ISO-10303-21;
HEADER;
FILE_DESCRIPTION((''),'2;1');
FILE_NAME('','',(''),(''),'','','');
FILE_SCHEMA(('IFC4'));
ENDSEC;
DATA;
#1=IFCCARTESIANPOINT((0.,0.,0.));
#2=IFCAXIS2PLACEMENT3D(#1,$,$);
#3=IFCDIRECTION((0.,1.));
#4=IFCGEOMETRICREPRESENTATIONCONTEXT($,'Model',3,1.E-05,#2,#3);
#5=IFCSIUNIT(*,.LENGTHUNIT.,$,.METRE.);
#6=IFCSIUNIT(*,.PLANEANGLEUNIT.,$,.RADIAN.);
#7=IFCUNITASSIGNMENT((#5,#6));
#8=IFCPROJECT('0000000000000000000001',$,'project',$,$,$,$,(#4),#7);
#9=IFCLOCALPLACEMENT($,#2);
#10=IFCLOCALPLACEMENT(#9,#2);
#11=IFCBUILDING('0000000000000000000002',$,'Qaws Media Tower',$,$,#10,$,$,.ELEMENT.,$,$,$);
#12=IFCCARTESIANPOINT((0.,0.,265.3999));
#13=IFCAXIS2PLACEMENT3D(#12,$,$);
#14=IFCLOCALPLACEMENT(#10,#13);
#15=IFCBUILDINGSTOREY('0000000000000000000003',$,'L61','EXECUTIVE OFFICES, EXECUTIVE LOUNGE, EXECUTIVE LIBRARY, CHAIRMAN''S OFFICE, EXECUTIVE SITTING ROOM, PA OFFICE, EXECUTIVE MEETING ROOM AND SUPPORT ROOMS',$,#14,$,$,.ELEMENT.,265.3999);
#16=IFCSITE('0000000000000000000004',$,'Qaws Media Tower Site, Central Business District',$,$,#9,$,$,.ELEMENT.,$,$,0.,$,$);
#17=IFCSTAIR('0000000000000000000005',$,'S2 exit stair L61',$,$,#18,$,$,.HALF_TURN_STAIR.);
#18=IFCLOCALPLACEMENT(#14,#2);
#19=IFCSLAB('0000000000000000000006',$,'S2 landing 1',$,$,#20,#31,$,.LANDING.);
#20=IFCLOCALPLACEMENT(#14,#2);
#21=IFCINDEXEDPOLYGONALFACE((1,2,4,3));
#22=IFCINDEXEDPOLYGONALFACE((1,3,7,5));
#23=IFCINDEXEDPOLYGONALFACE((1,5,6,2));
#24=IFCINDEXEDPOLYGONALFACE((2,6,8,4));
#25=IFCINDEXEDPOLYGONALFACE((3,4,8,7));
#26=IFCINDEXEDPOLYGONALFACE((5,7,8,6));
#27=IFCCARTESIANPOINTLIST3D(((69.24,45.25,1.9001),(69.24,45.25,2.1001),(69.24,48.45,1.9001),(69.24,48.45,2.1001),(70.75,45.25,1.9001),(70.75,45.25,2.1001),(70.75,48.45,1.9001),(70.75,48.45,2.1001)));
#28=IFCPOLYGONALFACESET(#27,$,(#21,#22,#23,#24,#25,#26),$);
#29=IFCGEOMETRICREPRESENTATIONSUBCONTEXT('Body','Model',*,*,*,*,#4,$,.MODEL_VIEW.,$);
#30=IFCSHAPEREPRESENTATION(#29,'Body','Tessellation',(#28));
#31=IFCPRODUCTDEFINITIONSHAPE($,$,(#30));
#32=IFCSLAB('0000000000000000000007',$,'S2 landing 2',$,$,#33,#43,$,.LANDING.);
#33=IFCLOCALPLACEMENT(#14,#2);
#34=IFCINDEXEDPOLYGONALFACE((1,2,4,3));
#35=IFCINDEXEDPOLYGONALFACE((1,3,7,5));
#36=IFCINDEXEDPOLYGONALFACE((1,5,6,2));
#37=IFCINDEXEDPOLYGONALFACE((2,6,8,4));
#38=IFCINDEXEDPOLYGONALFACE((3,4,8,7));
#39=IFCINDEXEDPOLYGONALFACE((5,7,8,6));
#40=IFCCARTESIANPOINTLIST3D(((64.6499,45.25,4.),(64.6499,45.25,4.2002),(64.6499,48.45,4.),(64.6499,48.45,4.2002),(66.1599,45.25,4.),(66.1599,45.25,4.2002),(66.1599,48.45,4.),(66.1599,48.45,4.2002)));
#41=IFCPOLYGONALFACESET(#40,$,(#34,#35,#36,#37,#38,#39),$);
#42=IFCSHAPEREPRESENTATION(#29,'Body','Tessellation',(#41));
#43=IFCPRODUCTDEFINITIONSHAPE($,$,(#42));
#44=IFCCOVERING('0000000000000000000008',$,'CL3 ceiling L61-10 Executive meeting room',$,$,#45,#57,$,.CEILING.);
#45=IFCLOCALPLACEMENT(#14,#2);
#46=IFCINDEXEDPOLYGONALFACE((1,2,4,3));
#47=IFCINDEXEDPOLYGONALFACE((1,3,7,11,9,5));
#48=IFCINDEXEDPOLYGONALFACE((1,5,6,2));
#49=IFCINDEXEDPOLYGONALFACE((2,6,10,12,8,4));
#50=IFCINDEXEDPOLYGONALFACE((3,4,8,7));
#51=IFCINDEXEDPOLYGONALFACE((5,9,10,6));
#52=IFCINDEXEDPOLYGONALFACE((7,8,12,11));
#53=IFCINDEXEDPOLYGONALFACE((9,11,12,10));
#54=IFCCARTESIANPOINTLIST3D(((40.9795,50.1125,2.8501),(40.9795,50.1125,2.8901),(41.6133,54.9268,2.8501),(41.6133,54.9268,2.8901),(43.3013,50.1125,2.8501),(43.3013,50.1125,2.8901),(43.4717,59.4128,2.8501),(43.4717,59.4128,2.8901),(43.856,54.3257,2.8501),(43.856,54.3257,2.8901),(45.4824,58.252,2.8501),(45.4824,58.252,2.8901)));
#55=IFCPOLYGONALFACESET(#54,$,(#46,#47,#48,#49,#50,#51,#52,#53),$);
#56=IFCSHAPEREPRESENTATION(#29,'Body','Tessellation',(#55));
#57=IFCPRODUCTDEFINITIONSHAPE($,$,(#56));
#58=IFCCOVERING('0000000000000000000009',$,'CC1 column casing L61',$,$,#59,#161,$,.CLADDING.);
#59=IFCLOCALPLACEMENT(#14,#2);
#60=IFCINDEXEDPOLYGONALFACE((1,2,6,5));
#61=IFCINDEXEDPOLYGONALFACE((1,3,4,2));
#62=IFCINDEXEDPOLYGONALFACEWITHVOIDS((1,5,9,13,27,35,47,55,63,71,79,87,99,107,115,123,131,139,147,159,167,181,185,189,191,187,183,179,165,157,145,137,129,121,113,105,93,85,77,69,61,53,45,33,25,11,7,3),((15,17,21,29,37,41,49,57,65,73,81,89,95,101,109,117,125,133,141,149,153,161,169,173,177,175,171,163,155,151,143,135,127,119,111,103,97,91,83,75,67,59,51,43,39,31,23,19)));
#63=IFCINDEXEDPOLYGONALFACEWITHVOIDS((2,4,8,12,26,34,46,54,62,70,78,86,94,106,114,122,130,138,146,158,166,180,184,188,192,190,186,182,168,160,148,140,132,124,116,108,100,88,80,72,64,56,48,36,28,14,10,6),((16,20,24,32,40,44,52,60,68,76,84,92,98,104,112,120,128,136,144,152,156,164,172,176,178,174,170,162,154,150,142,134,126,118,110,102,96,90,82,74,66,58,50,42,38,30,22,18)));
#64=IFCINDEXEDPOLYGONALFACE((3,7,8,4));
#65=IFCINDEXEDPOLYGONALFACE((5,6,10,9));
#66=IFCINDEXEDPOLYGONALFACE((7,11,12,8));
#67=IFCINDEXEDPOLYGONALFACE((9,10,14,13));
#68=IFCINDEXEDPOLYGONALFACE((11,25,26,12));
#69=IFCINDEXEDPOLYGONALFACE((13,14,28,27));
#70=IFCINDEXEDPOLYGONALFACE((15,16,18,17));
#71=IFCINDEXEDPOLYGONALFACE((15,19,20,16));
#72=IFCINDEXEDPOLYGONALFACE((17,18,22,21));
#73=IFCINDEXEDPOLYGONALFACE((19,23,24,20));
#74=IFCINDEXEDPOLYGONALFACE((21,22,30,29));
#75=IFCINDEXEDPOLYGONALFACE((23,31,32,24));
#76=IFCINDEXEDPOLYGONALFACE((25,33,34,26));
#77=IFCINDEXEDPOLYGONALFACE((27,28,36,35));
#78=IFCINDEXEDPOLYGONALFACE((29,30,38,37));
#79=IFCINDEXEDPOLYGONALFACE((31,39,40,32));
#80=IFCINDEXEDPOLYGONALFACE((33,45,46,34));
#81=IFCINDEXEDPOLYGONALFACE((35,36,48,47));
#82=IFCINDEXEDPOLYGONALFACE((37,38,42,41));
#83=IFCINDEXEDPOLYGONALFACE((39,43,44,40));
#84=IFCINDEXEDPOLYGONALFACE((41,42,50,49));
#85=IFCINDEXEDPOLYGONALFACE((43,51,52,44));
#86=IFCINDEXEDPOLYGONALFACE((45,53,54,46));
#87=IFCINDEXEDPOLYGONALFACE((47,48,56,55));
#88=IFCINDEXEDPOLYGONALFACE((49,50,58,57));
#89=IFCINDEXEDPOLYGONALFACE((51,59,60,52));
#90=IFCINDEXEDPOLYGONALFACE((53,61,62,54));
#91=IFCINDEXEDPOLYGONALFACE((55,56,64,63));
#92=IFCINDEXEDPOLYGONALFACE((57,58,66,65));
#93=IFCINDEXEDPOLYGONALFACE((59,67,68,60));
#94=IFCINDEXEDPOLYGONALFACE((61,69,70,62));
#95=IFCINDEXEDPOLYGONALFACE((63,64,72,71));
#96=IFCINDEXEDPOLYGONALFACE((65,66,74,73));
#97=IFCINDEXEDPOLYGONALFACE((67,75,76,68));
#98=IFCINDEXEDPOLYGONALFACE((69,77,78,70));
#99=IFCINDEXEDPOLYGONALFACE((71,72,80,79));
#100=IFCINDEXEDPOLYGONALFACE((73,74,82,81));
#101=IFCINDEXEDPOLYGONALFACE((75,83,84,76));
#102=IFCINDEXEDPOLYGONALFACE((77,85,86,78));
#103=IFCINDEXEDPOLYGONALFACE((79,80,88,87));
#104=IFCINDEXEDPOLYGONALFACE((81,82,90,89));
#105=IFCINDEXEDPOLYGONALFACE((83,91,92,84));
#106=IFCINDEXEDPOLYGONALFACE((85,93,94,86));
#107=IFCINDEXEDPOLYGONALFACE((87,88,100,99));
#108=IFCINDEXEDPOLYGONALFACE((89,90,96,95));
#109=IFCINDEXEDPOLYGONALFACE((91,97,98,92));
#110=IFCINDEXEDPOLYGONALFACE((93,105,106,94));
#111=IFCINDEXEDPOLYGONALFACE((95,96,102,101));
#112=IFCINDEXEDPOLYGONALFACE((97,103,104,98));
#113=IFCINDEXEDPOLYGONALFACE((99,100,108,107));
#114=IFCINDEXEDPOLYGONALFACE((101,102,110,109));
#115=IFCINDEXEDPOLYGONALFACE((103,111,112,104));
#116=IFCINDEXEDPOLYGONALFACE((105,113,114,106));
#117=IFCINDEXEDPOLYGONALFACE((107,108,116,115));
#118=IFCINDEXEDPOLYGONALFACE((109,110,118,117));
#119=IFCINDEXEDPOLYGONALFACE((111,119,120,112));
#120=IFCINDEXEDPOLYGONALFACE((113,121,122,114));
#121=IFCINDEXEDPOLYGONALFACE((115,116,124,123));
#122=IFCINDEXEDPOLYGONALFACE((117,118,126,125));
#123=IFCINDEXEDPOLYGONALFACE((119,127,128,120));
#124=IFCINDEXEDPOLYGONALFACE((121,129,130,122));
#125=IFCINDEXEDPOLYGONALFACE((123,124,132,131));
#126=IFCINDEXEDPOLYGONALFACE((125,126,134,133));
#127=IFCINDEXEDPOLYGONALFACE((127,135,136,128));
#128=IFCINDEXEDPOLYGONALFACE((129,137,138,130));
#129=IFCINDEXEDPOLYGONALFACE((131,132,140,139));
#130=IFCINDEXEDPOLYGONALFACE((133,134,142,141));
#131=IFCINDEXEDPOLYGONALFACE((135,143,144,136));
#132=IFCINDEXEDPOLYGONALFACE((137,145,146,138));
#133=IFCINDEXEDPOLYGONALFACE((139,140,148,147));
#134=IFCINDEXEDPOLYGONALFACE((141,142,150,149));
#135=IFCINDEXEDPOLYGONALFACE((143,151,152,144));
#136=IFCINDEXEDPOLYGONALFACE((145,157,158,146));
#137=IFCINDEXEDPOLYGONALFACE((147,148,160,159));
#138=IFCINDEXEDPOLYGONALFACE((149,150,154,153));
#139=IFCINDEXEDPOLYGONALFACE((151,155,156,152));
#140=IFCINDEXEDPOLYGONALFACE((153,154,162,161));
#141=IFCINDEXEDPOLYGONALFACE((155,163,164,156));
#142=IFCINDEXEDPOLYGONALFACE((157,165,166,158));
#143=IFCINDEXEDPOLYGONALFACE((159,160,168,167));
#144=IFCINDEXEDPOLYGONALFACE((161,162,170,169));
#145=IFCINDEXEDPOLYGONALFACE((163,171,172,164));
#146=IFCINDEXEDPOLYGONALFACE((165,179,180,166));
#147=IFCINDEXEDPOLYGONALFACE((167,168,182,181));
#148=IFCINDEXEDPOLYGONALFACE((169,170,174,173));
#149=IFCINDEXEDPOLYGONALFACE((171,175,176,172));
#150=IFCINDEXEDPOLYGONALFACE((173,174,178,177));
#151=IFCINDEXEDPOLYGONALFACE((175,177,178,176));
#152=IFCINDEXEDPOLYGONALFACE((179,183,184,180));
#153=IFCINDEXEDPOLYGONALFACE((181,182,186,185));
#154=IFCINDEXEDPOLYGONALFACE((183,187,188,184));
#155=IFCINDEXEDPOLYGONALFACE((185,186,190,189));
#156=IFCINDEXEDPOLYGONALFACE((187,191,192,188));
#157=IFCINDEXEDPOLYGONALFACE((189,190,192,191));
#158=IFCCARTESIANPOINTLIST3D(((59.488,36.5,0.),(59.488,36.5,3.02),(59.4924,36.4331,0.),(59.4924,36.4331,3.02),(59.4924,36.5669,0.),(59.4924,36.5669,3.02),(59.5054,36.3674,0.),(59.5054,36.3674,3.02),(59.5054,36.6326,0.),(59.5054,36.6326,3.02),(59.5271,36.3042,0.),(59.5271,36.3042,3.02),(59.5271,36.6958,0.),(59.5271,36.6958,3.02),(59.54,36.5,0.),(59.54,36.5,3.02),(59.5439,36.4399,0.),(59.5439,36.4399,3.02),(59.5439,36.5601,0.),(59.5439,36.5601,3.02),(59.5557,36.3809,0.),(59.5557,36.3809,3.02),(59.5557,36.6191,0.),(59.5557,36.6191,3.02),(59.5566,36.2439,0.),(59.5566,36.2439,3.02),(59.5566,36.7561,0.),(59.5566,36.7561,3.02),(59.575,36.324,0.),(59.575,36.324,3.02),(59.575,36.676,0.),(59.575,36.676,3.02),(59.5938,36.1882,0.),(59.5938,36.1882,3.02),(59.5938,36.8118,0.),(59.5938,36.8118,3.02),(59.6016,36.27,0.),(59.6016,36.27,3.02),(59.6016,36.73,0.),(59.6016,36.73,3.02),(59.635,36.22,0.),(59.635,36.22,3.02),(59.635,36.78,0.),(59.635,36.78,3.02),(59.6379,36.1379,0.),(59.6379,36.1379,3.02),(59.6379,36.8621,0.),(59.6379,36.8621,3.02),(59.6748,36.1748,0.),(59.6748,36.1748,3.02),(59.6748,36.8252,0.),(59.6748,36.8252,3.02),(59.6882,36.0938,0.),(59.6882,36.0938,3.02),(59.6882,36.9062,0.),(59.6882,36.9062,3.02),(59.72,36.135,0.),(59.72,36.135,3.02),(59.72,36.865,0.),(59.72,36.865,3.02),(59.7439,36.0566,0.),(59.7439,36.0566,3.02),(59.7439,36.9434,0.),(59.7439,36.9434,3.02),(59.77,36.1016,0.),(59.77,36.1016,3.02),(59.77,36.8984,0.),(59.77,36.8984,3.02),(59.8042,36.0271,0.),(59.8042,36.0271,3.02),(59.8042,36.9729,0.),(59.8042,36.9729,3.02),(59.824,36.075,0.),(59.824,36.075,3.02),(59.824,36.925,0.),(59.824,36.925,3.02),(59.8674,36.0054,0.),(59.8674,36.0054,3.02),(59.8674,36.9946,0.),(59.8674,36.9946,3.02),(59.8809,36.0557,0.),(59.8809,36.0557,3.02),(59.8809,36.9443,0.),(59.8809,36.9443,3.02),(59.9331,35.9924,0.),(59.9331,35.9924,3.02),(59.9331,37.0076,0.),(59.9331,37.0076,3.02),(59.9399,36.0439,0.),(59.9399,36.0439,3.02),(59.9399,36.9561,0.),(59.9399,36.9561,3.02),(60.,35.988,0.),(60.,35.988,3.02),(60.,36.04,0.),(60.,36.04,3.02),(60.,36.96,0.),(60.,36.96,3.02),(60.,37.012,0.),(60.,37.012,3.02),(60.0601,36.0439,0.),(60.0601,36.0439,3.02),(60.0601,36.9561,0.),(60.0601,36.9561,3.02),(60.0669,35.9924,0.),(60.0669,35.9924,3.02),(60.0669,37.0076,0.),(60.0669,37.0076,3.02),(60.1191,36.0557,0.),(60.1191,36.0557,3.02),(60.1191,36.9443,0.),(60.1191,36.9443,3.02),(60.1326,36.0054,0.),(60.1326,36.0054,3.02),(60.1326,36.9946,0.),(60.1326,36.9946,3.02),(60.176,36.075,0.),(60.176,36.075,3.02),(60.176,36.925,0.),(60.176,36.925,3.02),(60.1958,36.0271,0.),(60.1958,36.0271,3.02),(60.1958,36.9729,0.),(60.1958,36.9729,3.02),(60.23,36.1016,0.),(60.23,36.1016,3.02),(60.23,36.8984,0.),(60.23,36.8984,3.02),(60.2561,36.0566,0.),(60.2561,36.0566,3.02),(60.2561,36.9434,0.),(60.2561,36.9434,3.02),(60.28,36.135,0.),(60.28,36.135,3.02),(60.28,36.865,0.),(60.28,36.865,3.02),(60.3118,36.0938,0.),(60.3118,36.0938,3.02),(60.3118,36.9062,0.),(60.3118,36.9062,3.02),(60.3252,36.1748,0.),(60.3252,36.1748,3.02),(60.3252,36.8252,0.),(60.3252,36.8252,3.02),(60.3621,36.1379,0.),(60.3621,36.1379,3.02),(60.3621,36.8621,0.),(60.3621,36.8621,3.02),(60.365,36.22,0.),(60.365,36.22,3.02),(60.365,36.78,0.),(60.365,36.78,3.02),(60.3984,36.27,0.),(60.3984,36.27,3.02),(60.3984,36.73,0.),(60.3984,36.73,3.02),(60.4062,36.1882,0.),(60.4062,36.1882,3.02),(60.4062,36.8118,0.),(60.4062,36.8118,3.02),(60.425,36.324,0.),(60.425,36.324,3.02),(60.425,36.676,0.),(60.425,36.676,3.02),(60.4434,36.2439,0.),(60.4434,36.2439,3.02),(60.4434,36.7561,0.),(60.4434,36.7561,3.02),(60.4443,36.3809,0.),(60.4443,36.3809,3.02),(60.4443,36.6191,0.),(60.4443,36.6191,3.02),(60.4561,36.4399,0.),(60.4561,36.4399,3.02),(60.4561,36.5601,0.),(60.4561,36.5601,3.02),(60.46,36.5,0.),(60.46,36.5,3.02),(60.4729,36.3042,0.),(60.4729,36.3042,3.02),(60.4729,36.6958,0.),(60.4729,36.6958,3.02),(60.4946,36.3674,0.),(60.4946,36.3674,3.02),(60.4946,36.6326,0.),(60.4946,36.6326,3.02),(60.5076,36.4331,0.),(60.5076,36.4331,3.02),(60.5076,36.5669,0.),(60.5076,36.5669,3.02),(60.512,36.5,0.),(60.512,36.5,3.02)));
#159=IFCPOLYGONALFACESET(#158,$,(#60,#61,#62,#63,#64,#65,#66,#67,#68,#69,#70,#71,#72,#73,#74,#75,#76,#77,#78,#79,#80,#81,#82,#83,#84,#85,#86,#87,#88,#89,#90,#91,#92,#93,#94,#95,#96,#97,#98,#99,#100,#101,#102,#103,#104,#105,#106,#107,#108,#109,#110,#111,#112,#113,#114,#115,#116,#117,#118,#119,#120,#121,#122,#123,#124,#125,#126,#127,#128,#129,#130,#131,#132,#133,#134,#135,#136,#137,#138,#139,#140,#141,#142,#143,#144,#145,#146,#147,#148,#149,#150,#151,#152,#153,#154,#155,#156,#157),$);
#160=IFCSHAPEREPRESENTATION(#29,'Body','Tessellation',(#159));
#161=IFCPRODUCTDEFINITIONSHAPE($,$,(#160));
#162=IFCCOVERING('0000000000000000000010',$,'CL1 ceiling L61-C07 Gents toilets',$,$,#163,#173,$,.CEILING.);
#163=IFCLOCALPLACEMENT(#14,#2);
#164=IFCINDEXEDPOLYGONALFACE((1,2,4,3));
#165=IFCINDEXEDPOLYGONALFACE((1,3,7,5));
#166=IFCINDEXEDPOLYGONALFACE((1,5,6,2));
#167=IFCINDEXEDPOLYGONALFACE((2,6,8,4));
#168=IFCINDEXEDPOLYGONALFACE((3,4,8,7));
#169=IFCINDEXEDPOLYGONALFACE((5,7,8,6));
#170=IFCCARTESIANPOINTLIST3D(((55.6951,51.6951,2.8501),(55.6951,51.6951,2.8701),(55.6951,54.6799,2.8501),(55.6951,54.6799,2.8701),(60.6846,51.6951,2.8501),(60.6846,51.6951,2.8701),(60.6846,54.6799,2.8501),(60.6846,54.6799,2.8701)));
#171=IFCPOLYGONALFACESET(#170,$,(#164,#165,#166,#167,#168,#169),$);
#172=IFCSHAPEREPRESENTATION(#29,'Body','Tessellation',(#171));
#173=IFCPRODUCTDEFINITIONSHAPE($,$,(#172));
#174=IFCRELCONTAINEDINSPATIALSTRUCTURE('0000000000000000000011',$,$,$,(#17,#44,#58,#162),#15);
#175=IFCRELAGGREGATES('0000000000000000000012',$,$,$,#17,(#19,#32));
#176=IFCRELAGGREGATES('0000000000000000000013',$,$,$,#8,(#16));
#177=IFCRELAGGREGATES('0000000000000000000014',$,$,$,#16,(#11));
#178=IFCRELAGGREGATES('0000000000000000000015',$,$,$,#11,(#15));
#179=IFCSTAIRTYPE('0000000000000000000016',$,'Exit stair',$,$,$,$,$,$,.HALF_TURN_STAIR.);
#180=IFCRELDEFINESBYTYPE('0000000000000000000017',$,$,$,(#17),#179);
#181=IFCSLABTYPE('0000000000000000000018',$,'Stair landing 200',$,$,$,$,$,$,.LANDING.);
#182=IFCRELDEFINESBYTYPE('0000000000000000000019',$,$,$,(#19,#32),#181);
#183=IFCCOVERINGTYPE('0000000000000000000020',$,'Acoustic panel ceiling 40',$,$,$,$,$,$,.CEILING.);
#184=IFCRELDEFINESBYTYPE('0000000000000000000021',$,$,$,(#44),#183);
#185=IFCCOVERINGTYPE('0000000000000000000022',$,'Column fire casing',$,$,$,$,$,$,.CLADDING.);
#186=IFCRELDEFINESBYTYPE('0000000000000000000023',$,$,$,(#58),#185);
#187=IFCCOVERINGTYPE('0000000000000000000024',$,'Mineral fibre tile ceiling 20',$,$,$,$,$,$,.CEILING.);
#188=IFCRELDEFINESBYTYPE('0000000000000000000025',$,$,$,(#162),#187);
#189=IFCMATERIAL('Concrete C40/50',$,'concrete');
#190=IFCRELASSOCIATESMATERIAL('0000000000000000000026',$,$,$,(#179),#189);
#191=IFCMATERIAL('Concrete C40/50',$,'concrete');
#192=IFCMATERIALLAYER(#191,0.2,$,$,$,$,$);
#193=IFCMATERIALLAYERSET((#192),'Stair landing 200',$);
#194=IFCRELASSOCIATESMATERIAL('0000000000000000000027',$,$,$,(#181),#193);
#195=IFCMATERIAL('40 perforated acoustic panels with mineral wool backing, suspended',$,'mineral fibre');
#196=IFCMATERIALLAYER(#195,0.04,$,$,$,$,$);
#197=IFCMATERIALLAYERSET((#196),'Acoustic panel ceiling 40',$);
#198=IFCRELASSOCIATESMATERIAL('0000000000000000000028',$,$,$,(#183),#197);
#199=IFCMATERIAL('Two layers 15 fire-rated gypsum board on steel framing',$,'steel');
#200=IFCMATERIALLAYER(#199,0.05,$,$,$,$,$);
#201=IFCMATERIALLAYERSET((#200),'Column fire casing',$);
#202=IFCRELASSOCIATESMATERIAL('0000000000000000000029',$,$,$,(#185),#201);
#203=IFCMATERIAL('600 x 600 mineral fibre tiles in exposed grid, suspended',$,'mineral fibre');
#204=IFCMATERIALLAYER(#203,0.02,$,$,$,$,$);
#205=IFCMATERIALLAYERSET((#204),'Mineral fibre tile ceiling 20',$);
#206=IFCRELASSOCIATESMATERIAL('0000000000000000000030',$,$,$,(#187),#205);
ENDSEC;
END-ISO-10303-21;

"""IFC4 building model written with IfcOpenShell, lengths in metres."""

from ifc_helpers import new_model, si_unit, direction, frame, origin, place, context, subcontext, project, spatial, polyline, outline, extrude, material, layer, layer_set, type_object, element, aggregate, save


model = new_model("IFC4")

# Units and contexts
model_context = context("Model", 3, precision=1e-05, world=origin(), true_north=direction((0.0, 1.0)))
body_context = subcontext(model_context, "Body", "Model", "MODEL_VIEW")
ifc_project = project(units=[si_unit("LENGTHUNIT", "METRE"), si_unit("PLANEANGLEUNIT", "RADIAN")], contexts=[model_context])

# Site, building, storey
site_placement = place(None, origin())
site = spatial("IfcSite", under=ifc_project, at=site_placement, Name="Qaws Media Tower Site, Central Business District", CompositionType="ELEMENT", RefElevation=0.0)
building_placement = place(site_placement, origin())
building = spatial("IfcBuilding", under=site, at=building_placement, Name="Qaws Media Tower", CompositionType="ELEMENT")
storey_placement = place(building_placement, frame((0.0, 0.0, 265.3999)))
storey = spatial("IfcBuildingStorey", under=building, at=storey_placement, Name="L61", Description="EXECUTIVE OFFICES, EXECUTIVE LOUNGE, EXECUTIVE LIBRARY, CHAIRMAN'S OFFICE, EXECUTIVE SITTING ROOM, PA OFFICE, EXECUTIVE MEETING ROOM AND SUPPORT ROOMS", CompositionType="ELEMENT", Elevation=265.3999)

# Stair, slabs
ifc_material_1 = material(Name="Concrete C40/50", Category="concrete")
stair_type = type_object("IfcStairType", Name="Exit stair", PredefinedType="HALF_TURN_STAIR", material=ifc_material_1)
ifc_material_2 = material(Name="Concrete C40/50", Category="concrete")
ifc_layer_1 = layer(ifc_material_2, 0.2)
ifc_layer_set_1 = layer_set([ifc_layer_1], Name="Stair landing 200")
slab_type = type_object("IfcSlabType", Name="Stair landing 200", PredefinedType="LANDING", material=ifc_layer_set_1)
stair_1_placement = place(storey_placement, origin())
stair_1 = element("IfcStair", 1, at=stair_1_placement, inside=storey, type_object=stair_type, Name="S2 exit stair L61", PredefinedType="HALF_TURN_STAIR")
slab_1_placement = place(storey_placement, frame((0.0, 0.0, 1.9001)))
slab_1 = element("IfcSlab", 2, at=slab_1_placement, type_object=slab_type, Name="S2 landing 1", PredefinedType="LANDING", context=body_context, shape_type="SweptSolid", body=[
    extrude(outline(polyline([(69.24, 45.25), (70.75, 45.25), (70.75, 48.45), (69.24, 48.45), (69.24, 45.25)])), origin(), (0.0, 0.0, 1.0), 0.2),
])
slab_2_placement = place(storey_placement, frame((0.0, 0.0, 4.0)))
slab_2 = element("IfcSlab", 3, at=slab_2_placement, type_object=slab_type, Name="S2 landing 2", PredefinedType="LANDING", context=body_context, shape_type="SweptSolid", body=[
    extrude(outline(polyline([(64.6499, 45.25), (66.1599, 45.25), (66.1599, 48.45), (64.6499, 48.45), (64.6499, 45.25)])), origin(), (0.0, 0.0, 1.0), 0.2002),
])
aggregate(stair_1, [slab_1, slab_2])

# Coverings
ifc_material_3 = material(Name="40 perforated acoustic panels with mineral wool backing, suspended", Category="mineral fibre")
ifc_layer_2 = layer(ifc_material_3, 0.04)
ifc_layer_set_2 = layer_set([ifc_layer_2], Name="Acoustic panel ceiling 40")
covering_type_1 = type_object("IfcCoveringType", Name="Acoustic panel ceiling 40", PredefinedType="CEILING", material=ifc_layer_set_2)
covering_1_placement = place(storey_placement, frame((0.0, 0.0, 2.8501)))
element("IfcCovering", 4, at=covering_1_placement, inside=storey, type_object=covering_type_1, Name="CL3 ceiling L61-10 Executive meeting room", PredefinedType="CEILING", context=body_context, shape_type="SweptSolid", body=[
    extrude(outline(polyline([(41.6133, 54.9268), (43.4717, 59.4128), (45.4824, 58.252), (43.856, 54.3257), (43.3013, 50.1125), (40.9795, 50.1125), (41.6133, 54.9268)])), origin(), (0.0, 0.0, 1.0), 0.04),
])
ifc_material_4 = material(Name="Two layers 15 fire-rated gypsum board on steel framing", Category="steel")
ifc_layer_3 = layer(ifc_material_4, 0.05)
ifc_layer_set_3 = layer_set([ifc_layer_3], Name="Column fire casing")
covering_type_2 = type_object("IfcCoveringType", Name="Column fire casing", PredefinedType="CLADDING", material=ifc_layer_set_3)
covering_2_placement = place(storey_placement, origin())
element("IfcCovering", 5, at=covering_2_placement, inside=storey, type_object=covering_type_2, Name="CC1 column casing L61", PredefinedType="CLADDING", context=body_context, shape_type="SweptSolid", body=[
    extrude(outline(polyline([(60.512, 36.5), (60.5076, 36.4331), (60.4946, 36.3674), (60.4729, 36.3042), (60.4434, 36.2439), (60.4062, 36.1882), (60.3621, 36.1379), (60.3118, 36.0938), (60.2561, 36.0566), (60.1958, 36.0271), (60.1326, 36.0054), (60.0669, 35.9924), (60.0, 35.988), (59.9331, 35.9924), (59.8674, 36.0054), (59.8042, 36.0271), (59.7439, 36.0566), (59.6882, 36.0938), (59.6379, 36.1379), (59.5938, 36.1882), (59.5566, 36.2439), (59.5271, 36.3042), (59.5054, 36.3674), (59.4924, 36.4331), (59.488, 36.5), (59.4924, 36.5669), (59.5054, 36.6326), (59.5271, 36.6958), (59.5566, 36.7561), (59.5938, 36.8118), (59.6379, 36.8621), (59.6882, 36.9062), (59.7439, 36.9434), (59.8042, 36.9729), (59.8674, 36.9946), (59.9331, 37.0076), (60.0, 37.012), (60.0669, 37.0076), (60.1326, 36.9946), (60.1958, 36.9729), (60.2561, 36.9434), (60.3118, 36.9062), (60.3621, 36.8621), (60.4062, 36.8118), (60.4434, 36.7561), (60.4729, 36.6958), (60.4946, 36.6326), (60.5076, 36.5669), (60.512, 36.5)]), holes=[polyline([(60.46, 36.5), (60.4561, 36.4399), (60.4443, 36.3809), (60.425, 36.324), (60.3984, 36.27), (60.365, 36.22), (60.3252, 36.1748), (60.28, 36.135), (60.23, 36.1016), (60.176, 36.075), (60.1191, 36.0557), (60.0601, 36.0439), (60.0, 36.04), (59.9399, 36.0439), (59.8809, 36.0557), (59.824, 36.075), (59.77, 36.1016), (59.72, 36.135), (59.6748, 36.1748), (59.635, 36.22), (59.6016, 36.27), (59.575, 36.324), (59.5557, 36.3809), (59.5439, 36.4399), (59.54, 36.5), (59.5439, 36.5601), (59.5557, 36.6191), (59.575, 36.676), (59.6016, 36.73), (59.635, 36.78), (59.6748, 36.8252), (59.72, 36.865), (59.77, 36.8984), (59.824, 36.925), (59.8809, 36.9443), (59.9399, 36.9561), (60.0, 36.96), (60.0601, 36.9561), (60.1191, 36.9443), (60.176, 36.925), (60.23, 36.8984), (60.28, 36.865), (60.3252, 36.8252), (60.365, 36.78), (60.3984, 36.73), (60.425, 36.676), (60.4443, 36.6191), (60.4561, 36.5601), (60.46, 36.5)])]), origin(), (0.0, 0.0, 1.0), 3.02),
])
ifc_material_5 = material(Name="600 x 600 mineral fibre tiles in exposed grid, suspended", Category="mineral fibre")
ifc_layer_4 = layer(ifc_material_5, 0.02)
ifc_layer_set_4 = layer_set([ifc_layer_4], Name="Mineral fibre tile ceiling 20")
covering_type_3 = type_object("IfcCoveringType", Name="Mineral fibre tile ceiling 20", PredefinedType="CEILING", material=ifc_layer_set_4)
covering_3_placement = place(storey_placement, frame((0.0, 0.0, 2.8501)))
element("IfcCovering", 6, at=covering_3_placement, inside=storey, type_object=covering_type_3, Name="CL1 ceiling L61-C07 Gents toilets", PredefinedType="CEILING", context=body_context, shape_type="SweptSolid", body=[
    extrude(outline(polyline([(55.6951, 51.6951), (55.6951, 54.6799), (60.6846, 54.6799), (60.6846, 51.6951), (55.6951, 51.6951)])), origin(), (0.0, 0.0, 1.0), 0.02),
])

save(model, "model.ifc")
